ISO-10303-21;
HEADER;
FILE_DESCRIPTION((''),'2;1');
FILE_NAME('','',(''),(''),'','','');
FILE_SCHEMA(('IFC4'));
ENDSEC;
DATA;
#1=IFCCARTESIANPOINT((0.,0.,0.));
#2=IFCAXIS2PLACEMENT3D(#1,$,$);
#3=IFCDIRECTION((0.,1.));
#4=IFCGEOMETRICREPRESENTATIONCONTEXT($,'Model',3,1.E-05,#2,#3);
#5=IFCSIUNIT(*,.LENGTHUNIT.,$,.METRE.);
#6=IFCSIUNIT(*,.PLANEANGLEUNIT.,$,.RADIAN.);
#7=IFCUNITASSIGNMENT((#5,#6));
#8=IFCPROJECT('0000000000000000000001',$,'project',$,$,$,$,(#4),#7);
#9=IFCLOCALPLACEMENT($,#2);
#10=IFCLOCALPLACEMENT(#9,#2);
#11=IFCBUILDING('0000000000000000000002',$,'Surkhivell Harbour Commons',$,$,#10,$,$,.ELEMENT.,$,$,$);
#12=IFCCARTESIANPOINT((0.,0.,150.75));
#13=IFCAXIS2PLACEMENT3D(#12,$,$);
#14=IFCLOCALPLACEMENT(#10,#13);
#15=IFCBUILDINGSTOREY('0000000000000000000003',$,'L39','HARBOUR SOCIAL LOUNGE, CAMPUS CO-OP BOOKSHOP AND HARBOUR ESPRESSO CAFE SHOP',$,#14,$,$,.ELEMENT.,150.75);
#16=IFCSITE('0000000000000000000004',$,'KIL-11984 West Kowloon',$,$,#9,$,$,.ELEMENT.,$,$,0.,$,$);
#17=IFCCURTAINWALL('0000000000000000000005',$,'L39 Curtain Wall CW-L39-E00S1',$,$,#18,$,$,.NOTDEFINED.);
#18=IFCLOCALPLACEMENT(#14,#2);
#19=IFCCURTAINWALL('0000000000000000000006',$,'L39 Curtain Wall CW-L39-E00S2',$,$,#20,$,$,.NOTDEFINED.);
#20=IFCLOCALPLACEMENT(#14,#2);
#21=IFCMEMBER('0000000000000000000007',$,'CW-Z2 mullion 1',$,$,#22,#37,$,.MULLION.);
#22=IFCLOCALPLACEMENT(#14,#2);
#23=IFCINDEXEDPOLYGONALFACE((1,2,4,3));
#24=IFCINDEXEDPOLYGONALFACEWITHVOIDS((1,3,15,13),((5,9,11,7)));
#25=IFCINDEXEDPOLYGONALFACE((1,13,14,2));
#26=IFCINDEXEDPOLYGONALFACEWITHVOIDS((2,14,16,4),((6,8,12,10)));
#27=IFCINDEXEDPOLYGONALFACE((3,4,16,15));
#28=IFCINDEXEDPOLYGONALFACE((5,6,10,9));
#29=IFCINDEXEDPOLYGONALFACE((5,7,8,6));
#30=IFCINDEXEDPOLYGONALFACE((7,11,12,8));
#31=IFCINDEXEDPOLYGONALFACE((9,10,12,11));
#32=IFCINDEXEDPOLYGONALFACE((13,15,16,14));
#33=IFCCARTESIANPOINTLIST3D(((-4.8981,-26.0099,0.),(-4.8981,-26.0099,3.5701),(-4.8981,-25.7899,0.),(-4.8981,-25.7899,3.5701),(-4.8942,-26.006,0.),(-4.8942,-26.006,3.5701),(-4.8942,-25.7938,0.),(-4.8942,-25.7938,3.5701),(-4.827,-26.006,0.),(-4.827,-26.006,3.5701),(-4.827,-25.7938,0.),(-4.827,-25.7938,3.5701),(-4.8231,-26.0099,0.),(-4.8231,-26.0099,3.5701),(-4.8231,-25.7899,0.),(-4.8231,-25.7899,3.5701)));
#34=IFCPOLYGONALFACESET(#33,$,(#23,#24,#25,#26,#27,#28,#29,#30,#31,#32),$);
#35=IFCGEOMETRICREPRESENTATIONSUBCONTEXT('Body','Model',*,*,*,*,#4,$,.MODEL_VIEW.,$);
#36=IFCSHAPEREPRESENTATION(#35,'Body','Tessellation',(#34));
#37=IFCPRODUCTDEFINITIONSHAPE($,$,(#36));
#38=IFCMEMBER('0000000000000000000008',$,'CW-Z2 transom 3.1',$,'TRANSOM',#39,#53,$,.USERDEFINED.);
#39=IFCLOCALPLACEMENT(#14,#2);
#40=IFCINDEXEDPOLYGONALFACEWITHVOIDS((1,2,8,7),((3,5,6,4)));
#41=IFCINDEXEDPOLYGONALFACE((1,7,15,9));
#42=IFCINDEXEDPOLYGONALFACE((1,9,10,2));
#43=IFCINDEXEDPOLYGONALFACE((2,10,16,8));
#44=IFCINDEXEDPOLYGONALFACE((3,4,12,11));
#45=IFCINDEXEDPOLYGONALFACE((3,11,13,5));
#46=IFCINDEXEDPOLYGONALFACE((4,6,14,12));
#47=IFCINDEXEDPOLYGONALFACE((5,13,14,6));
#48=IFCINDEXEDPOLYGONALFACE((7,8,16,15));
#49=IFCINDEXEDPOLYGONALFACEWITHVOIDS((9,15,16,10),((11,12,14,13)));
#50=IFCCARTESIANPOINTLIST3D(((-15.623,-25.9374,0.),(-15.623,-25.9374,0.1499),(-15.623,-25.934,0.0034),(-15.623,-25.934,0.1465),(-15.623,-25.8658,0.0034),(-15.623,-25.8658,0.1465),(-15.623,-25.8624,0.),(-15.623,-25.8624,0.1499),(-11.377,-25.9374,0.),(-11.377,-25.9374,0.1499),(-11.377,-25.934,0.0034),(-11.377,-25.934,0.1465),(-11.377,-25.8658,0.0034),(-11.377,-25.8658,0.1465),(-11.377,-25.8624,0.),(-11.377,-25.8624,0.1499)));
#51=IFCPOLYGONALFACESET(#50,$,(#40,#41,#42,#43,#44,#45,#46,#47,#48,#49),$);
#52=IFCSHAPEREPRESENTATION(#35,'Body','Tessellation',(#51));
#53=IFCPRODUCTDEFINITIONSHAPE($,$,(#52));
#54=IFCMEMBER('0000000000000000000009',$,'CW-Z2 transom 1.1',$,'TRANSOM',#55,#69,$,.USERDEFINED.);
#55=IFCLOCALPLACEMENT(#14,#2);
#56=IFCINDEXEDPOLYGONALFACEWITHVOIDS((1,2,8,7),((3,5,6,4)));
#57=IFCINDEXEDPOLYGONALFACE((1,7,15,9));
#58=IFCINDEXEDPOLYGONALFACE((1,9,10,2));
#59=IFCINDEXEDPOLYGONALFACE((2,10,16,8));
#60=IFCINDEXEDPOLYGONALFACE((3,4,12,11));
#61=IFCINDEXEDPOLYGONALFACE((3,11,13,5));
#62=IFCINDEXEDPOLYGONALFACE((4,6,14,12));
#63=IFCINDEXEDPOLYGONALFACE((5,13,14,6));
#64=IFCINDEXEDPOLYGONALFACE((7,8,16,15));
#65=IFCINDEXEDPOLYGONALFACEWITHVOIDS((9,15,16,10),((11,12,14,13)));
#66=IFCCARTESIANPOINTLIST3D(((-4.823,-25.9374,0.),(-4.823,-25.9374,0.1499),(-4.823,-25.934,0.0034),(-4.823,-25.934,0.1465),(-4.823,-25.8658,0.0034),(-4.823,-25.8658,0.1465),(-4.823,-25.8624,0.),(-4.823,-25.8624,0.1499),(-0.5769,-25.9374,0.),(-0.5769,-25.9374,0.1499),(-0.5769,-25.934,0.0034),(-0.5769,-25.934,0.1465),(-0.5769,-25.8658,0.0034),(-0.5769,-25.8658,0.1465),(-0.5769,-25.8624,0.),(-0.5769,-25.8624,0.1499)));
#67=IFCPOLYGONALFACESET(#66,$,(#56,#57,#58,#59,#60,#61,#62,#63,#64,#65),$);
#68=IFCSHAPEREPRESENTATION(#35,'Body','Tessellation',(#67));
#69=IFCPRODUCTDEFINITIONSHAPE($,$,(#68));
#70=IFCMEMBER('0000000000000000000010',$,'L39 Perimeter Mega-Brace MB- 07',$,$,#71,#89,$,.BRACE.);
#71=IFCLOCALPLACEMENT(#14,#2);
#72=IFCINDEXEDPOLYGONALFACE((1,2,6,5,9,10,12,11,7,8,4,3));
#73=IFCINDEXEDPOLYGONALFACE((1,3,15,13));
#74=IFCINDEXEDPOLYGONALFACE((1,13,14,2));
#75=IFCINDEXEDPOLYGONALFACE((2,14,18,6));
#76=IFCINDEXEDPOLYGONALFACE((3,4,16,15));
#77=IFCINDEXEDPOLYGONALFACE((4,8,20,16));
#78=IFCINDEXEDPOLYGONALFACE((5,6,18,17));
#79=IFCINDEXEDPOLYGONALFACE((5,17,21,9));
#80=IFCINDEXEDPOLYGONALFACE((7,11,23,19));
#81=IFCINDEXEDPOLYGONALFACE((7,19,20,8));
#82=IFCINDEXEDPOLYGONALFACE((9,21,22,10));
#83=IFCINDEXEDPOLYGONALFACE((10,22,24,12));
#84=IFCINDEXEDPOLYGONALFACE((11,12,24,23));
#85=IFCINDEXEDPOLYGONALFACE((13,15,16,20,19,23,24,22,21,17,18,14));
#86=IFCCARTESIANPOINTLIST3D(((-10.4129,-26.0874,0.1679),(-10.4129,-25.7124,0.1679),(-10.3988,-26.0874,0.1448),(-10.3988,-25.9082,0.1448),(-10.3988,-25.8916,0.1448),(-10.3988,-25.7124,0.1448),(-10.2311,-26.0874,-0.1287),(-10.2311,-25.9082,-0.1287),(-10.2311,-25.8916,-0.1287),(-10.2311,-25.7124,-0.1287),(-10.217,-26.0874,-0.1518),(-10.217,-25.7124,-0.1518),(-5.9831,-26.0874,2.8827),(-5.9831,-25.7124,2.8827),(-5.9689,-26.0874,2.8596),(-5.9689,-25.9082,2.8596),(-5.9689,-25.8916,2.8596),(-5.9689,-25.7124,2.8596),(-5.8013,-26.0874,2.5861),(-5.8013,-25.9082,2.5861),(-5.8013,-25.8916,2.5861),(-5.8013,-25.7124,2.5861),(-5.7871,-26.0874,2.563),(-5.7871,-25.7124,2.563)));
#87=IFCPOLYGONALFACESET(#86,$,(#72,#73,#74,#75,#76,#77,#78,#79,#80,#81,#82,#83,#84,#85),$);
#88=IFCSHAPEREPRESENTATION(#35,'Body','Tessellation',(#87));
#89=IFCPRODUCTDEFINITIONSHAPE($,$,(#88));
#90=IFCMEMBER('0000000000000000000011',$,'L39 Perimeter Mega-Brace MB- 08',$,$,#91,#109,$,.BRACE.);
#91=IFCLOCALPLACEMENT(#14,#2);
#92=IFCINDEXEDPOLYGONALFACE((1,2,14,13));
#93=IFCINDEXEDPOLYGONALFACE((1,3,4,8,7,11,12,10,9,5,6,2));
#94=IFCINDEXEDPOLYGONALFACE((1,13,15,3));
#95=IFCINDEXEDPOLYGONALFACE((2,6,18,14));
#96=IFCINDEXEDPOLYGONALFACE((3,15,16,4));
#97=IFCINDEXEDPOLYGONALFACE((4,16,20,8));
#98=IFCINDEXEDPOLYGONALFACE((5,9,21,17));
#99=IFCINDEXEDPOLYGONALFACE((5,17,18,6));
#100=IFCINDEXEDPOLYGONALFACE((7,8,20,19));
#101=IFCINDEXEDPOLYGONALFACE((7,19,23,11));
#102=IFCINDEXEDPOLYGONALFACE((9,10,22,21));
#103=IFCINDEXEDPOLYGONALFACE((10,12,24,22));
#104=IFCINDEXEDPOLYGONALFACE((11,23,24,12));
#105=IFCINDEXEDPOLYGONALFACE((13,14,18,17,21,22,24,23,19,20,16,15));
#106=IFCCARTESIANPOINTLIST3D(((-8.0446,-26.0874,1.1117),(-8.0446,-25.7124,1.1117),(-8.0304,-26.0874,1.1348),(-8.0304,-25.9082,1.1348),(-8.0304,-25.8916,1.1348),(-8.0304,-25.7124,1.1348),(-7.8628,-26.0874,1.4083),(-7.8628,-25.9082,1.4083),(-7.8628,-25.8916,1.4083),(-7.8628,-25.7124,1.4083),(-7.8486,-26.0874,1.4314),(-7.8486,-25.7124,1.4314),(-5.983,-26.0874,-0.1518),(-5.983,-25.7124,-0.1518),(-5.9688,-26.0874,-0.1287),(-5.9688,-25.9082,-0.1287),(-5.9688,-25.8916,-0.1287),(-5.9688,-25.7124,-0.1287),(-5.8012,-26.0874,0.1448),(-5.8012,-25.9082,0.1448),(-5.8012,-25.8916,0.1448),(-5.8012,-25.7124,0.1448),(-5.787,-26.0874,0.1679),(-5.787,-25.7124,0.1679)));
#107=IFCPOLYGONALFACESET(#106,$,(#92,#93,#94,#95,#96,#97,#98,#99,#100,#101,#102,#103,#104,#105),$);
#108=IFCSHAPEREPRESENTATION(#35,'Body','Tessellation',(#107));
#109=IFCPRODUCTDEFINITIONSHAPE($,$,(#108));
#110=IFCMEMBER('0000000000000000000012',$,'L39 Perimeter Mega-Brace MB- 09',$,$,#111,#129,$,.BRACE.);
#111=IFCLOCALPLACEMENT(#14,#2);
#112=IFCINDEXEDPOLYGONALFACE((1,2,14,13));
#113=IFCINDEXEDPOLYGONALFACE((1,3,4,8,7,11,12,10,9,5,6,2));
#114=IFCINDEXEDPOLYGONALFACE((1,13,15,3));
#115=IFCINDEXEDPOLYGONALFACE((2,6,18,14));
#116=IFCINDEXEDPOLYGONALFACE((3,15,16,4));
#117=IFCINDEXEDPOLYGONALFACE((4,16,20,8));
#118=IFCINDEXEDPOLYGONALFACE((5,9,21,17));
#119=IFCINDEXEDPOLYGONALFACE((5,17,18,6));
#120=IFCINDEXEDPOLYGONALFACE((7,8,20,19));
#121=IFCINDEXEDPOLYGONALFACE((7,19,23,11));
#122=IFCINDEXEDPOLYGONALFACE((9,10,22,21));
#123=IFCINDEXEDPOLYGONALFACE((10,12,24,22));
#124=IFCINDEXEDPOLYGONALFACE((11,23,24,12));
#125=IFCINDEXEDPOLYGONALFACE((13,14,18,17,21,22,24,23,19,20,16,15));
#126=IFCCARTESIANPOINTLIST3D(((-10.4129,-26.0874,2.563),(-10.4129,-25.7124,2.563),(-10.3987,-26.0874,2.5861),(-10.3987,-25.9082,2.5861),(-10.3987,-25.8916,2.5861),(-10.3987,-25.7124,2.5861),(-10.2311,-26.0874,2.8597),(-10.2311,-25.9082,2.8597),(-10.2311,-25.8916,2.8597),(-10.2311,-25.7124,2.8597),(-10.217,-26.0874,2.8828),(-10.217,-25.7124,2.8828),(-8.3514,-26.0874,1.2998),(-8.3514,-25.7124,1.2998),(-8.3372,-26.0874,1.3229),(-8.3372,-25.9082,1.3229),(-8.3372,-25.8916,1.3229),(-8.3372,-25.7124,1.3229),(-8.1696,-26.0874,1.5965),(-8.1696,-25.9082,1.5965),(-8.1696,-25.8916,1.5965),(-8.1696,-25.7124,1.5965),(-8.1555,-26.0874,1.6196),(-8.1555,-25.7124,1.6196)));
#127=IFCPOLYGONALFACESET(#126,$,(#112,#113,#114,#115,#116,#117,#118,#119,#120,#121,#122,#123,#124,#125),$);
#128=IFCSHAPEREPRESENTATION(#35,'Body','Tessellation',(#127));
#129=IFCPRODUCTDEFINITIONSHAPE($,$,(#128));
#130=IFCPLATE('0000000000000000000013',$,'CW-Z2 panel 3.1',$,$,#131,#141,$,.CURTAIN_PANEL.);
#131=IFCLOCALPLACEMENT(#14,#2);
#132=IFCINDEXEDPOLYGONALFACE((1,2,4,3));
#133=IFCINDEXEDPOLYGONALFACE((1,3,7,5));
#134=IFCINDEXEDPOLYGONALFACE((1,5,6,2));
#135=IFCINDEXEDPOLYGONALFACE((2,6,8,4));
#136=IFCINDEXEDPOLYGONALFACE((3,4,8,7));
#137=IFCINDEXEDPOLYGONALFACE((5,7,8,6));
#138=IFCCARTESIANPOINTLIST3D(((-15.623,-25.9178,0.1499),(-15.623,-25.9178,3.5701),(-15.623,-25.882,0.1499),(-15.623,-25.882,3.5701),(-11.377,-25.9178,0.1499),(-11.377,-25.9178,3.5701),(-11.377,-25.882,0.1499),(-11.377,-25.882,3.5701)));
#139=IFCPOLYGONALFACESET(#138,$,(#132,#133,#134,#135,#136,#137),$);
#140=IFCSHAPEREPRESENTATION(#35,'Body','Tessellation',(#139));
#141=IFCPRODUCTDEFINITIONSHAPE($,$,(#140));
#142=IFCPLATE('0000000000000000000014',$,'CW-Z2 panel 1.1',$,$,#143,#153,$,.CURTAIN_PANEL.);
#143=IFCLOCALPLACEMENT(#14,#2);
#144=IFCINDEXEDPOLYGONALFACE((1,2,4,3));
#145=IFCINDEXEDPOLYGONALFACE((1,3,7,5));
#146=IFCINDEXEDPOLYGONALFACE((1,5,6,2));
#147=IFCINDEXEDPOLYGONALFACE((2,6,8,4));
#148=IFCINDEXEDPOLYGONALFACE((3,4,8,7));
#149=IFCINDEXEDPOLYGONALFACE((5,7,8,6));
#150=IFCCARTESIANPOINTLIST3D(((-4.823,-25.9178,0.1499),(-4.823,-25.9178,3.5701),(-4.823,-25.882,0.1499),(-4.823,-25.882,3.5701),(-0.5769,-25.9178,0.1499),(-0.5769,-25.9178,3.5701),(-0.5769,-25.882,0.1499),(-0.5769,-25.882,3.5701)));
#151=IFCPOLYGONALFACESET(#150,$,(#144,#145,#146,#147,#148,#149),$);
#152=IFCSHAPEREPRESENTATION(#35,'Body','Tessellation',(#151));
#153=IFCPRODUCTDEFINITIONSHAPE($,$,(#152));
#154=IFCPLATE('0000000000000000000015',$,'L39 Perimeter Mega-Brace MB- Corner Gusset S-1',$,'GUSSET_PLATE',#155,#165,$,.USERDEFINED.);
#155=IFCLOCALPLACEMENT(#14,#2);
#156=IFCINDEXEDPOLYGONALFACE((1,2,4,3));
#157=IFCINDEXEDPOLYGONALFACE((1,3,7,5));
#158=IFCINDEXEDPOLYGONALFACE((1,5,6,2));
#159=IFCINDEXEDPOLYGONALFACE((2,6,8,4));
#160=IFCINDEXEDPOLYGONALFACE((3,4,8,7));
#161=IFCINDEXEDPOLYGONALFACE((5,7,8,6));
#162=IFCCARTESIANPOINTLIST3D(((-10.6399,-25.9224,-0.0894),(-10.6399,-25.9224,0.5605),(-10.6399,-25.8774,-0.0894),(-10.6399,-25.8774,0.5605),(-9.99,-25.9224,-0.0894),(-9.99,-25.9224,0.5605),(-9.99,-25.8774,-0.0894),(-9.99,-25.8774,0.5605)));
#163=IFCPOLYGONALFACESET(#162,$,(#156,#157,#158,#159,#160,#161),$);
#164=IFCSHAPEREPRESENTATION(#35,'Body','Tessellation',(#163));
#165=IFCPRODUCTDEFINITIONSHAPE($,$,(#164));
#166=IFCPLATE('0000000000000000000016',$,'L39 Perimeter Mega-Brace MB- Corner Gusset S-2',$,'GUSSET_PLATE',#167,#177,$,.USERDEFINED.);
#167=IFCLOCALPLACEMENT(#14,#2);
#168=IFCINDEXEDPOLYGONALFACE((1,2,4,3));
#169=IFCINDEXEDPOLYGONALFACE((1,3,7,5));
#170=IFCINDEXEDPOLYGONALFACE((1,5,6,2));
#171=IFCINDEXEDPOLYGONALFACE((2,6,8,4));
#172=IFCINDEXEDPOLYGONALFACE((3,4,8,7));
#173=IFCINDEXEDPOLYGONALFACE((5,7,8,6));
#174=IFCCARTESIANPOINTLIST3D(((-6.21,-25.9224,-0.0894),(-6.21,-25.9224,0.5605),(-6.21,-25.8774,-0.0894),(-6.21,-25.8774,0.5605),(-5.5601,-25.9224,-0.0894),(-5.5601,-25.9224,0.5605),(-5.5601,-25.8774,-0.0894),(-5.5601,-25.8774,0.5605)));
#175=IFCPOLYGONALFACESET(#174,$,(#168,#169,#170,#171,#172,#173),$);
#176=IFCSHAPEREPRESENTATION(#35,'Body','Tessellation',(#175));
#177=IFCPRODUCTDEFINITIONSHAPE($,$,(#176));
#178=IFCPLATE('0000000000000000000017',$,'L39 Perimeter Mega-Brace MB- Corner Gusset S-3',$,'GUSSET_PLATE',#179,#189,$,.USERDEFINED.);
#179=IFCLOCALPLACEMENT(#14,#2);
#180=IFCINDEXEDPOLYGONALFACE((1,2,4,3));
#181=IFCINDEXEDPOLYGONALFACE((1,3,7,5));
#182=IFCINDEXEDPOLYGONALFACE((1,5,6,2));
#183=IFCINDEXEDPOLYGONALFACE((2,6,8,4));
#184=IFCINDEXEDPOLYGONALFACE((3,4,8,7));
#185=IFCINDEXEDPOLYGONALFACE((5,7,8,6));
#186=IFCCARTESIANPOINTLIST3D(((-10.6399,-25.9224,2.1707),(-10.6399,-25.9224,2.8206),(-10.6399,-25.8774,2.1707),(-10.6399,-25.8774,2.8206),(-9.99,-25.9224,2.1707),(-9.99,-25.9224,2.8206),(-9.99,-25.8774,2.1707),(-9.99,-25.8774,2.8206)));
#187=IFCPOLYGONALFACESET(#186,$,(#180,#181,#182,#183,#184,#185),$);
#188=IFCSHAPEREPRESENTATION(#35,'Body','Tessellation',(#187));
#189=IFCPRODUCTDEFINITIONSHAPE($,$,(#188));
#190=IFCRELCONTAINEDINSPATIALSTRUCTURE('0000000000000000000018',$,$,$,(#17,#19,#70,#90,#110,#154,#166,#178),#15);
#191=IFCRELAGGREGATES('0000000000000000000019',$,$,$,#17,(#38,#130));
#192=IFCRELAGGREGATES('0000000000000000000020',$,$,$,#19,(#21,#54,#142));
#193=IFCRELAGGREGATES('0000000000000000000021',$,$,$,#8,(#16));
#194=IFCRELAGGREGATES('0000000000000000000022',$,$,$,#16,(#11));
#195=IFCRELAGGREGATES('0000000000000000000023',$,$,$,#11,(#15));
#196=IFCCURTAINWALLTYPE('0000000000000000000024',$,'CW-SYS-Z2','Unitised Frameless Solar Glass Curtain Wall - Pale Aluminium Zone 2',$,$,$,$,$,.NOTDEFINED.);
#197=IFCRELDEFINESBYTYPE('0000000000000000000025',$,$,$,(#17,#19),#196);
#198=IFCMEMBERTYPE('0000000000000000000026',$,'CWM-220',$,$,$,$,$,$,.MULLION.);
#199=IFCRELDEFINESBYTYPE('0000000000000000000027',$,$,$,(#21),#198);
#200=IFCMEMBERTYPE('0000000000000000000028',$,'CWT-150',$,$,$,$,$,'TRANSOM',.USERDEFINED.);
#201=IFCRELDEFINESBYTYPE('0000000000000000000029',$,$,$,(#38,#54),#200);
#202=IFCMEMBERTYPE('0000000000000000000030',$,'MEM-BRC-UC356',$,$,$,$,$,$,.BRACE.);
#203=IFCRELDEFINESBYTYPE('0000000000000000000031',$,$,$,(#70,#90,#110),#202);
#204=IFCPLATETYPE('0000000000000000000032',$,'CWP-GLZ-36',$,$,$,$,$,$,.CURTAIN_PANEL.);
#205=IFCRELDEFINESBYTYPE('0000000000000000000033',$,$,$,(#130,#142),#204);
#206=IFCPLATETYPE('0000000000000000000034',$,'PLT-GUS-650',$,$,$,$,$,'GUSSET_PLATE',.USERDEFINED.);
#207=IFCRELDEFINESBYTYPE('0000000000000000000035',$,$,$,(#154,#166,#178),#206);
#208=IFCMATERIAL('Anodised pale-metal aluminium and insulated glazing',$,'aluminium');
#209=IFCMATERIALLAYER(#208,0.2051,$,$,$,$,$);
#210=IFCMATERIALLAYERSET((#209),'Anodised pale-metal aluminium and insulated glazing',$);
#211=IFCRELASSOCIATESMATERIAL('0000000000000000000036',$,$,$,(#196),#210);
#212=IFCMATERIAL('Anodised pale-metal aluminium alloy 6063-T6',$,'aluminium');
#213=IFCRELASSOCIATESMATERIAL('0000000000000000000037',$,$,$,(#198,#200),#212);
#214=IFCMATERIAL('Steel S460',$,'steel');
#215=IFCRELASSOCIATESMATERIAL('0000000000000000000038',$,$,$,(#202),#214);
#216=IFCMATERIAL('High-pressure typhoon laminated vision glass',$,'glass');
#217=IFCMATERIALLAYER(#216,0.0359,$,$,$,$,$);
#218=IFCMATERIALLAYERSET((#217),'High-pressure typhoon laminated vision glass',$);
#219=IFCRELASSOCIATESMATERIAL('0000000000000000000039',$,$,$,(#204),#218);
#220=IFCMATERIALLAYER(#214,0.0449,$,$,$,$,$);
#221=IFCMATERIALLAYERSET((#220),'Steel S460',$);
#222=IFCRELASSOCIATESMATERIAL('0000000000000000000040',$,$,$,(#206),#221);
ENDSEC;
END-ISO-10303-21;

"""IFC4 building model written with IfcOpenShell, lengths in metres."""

from ifc_helpers import new_model, si_unit, direction, frame, frame_2d, origin, origin_2d, place, context, subcontext, project, spatial, rectangle, hollow_rectangle, i_section, extrude, material, layer, layer_set, material_profile, profile_set, type_object, element, aggregate, save


model = new_model("IFC4")

# Units and contexts
model_context = context("Model", 3, precision=1e-05, world=origin(), true_north=direction((0.0, 1.0)))
body_context = subcontext(model_context, "Body", "Model", "MODEL_VIEW")
ifc_project = project(units=[si_unit("LENGTHUNIT", "METRE"), si_unit("PLANEANGLEUNIT", "RADIAN")], contexts=[model_context])

# Site, building, storey
site_placement = place(None, origin())
site = spatial("IfcSite", under=ifc_project, at=site_placement, Name="KIL-11984 West Kowloon", CompositionType="ELEMENT", RefElevation=0.0)
building_placement = place(site_placement, origin())
building = spatial("IfcBuilding", under=site, at=building_placement, Name="Surkhivell Harbour Commons", CompositionType="ELEMENT")
storey_placement = place(building_placement, frame((0.0, 0.0, 150.75)))
storey = spatial("IfcBuildingStorey", under=building, at=storey_placement, Name="L39", Description="HARBOUR SOCIAL LOUNGE, CAMPUS CO-OP BOOKSHOP AND HARBOUR ESPRESSO CAFE SHOP", CompositionType="ELEMENT", Elevation=150.75)

# Shared definitions
ifc_material_1 = material(Name="Steel S460", Category="steel")

# Curtain wall
ifc_material_2 = material(Name="Anodised pale-metal aluminium and insulated glazing", Category="aluminium")
ifc_layer_1 = layer(ifc_material_2, 0.2051)
ifc_layer_set_1 = layer_set([ifc_layer_1], Name="Anodised pale-metal aluminium and insulated glazing")
curtain_wall_type = type_object("IfcCurtainWallType", Name="CW-SYS-Z2", Description="Unitised Frameless Solar Glass Curtain Wall - Pale Aluminium Zone 2", PredefinedType="NOTDEFINED", material=ifc_layer_set_1)
curtain_wall_1_placement = place(storey_placement, origin())
curtain_wall_1 = element("IfcCurtainWall", 1, at=curtain_wall_1_placement, inside=storey, type_object=curtain_wall_type, Name="L39 Curtain Wall CW-L39-E00S1", PredefinedType="NOTDEFINED")
ifc_material_3 = material(Name="Anodised pale-metal aluminium alloy 6063-T6", Category="aluminium")
ifc_material_profile_1 = material_profile(ifc_material_3, hollow_rectangle(XDim=0.075, YDim=0.22, WallThickness=0.0039, at=origin_2d()), Name="ALU-MULL-75x220")
ifc_profile_set_1 = profile_set([ifc_material_profile_1], Name="Anodised pale-metal aluminium alloy 6063-T6")
member_type_1 = type_object("IfcMemberType", Name="CWM-220", PredefinedType="MULLION", material=ifc_profile_set_1)

# Curtain wall, member
curtain_wall_2_placement = place(storey_placement, origin())
curtain_wall_2 = element("IfcCurtainWall", 2, at=curtain_wall_2_placement, inside=storey, type_object=curtain_wall_type, Name="L39 Curtain Wall CW-L39-E00S2", PredefinedType="NOTDEFINED")
member_1_placement = place(storey_placement, frame((-4.8606, -25.8999, 0.0), z_axis=(0.0, 0.0, 1.0), x_axis=(1.0, 0.0, 0.0)))
member_1 = element("IfcMember", 3, at=member_1_placement, type_object=member_type_1, Name="CW-Z2 mullion 1", PredefinedType="MULLION", context=body_context, shape_type="SweptSolid", body=[
    extrude(hollow_rectangle(XDim=0.075, YDim=0.22, WallThickness=0.0039, at=origin_2d()), origin(), (0.0, 0.0, 1.0), 3.5701),
])

# Members
ifc_material_profile_2 = material_profile(ifc_material_3, hollow_rectangle(XDim=0.075, YDim=0.1499, WallThickness=0.0034, at=origin_2d()), Name="ALU-TRAN-75x150")
ifc_profile_set_2 = profile_set([ifc_material_profile_2], Name="Anodised pale-metal aluminium alloy 6063-T6")
member_type_2 = type_object("IfcMemberType", Name="CWT-150", ElementType="TRANSOM", PredefinedType="USERDEFINED", material=ifc_profile_set_2)
member_2_placement = place(storey_placement, frame((-15.623, -25.8999, 0.075), z_axis=(1.0, 0.0, 0.0), x_axis=(0.0, 1.0, 0.0)))
member_2 = element("IfcMember", 4, at=member_2_placement, type_object=member_type_2, Name="CW-Z2 transom 3.1", ObjectType="TRANSOM", PredefinedType="USERDEFINED", context=body_context, shape_type="SweptSolid", body=[
    extrude(hollow_rectangle(XDim=0.075, YDim=0.1499, WallThickness=0.0034, at=origin_2d()), origin(), (0.0, 0.0, 1.0), 4.2461),
])
member_3_placement = place(storey_placement, frame((-4.823, -25.8999, 0.075), z_axis=(1.0, 0.0, 0.0), x_axis=(0.0, 1.0, 0.0)))
member_3 = element("IfcMember", 5, at=member_3_placement, type_object=member_type_2, Name="CW-Z2 transom 1.1", ObjectType="TRANSOM", PredefinedType="USERDEFINED", context=body_context, shape_type="SweptSolid", body=[
    extrude(hollow_rectangle(XDim=0.075, YDim=0.1499, WallThickness=0.0034, at=origin_2d()), origin(), (0.0, 0.0, 1.0), 4.2461),
])

# Members
ifc_material_profile_3 = material_profile(ifc_material_1, i_section(OverallWidth=0.375, OverallDepth=0.375, WebThickness=0.0166, FlangeThickness=0.0271, at=origin_2d()), Name="UC356x368x202")
ifc_profile_set_3 = profile_set([ifc_material_profile_3], Name="Steel S460")
member_type_3 = type_object("IfcMemberType", Name="MEM-BRC-UC356", PredefinedType="BRACE", material=ifc_profile_set_3)
member_4_placement = place(storey_placement, frame((-10.3149, -25.8999, 0.0081), z_axis=(0.852625, 0.0, 0.522523), x_axis=(0.0, 1.0, 0.0)))
element("IfcMember", 6, at=member_4_placement, inside=storey, type_object=member_type_3, Name="L39 Perimeter Mega-Brace MB- 07", PredefinedType="BRACE", context=body_context, shape_type="SweptSolid", body=[
    extrude(i_section(OverallWidth=0.375, OverallDepth=0.375, WebThickness=0.0166, FlangeThickness=0.0271, at=origin_2d()), origin(), (0.0, 0.0, 1.0), 5.1956),
])
member_5_placement = place(storey_placement, frame((-5.885, -25.8999, 0.0081), z_axis=(-0.852617, 0.0, 0.522536), x_axis=(0.0, -1.0, 0.0)))
element("IfcMember", 7, at=member_5_placement, inside=storey, type_object=member_type_3, Name="L39 Perimeter Mega-Brace MB- 08", PredefinedType="BRACE", context=body_context, shape_type="SweptSolid", body=[
    extrude(i_section(OverallWidth=0.375, OverallDepth=0.375, WebThickness=0.0166, FlangeThickness=0.0271, at=origin_2d()), origin(), (0.0, 0.0, 1.0), 2.418),
])
member_6_placement = place(storey_placement, frame((-8.2534, -25.8999, 1.4597), z_axis=(-0.852662, 0.0, 0.522463), x_axis=(0.0, -1.0, 0.0)))
element("IfcMember", 8, at=member_6_placement, inside=storey, type_object=member_type_3, Name="L39 Perimeter Mega-Brace MB- 09", PredefinedType="BRACE", context=body_context, shape_type="SweptSolid", body=[
    extrude(i_section(OverallWidth=0.375, OverallDepth=0.375, WebThickness=0.0166, FlangeThickness=0.0271, at=origin_2d()), origin(), (0.0, 0.0, 1.0), 2.4177),
])

# Plates
ifc_material_4 = material(Name="High-pressure typhoon laminated vision glass", Category="glass")
ifc_layer_2 = layer(ifc_material_4, 0.0359)
ifc_layer_set_2 = layer_set([ifc_layer_2], Name="High-pressure typhoon laminated vision glass")
plate_type_1 = type_object("IfcPlateType", Name="CWP-GLZ-36", PredefinedType="CURTAIN_PANEL", material=ifc_layer_set_2)
plate_1_placement = place(storey_placement, frame((-15.623, -25.8999, 0.1499), z_axis=(0.0, 0.0, 1.0), x_axis=(1.0, 0.0, 0.0)))
plate_1 = element("IfcPlate", 9, at=plate_1_placement, type_object=plate_type_1, Name="CW-Z2 panel 3.1", PredefinedType="CURTAIN_PANEL", context=body_context, shape_type="SweptSolid", body=[
    extrude(rectangle(XDim=4.2461, YDim=0.0359, at=frame_2d((2.123, 0.0))), origin(), (0.0, 0.0, 1.0), 3.4202),
])
aggregate(curtain_wall_1, [member_2, plate_1])
plate_2_placement = place(storey_placement, frame((-4.823, -25.8999, 0.1499), z_axis=(0.0, 0.0, 1.0), x_axis=(1.0, 0.0, 0.0)))
plate_2 = element("IfcPlate", 10, at=plate_2_placement, type_object=plate_type_1, Name="CW-Z2 panel 1.1", PredefinedType="CURTAIN_PANEL", context=body_context, shape_type="SweptSolid", body=[
    extrude(rectangle(XDim=4.2461, YDim=0.0359, at=frame_2d((2.123, 0.0))), origin(), (0.0, 0.0, 1.0), 3.4202),
])
aggregate(curtain_wall_2, [member_1, member_3, plate_2])

# Plates
ifc_layer_3 = layer(ifc_material_1, 0.0449)
ifc_layer_set_3 = layer_set([ifc_layer_3], Name="Steel S460")
plate_type_2 = type_object("IfcPlateType", Name="PLT-GUS-650", ElementType="GUSSET_PLATE", PredefinedType="USERDEFINED", material=ifc_layer_set_3)
for number, where, z_axis, x_axis, name in (
    (11, (-10.3149, -25.8999, -0.0894), (0.0, 0.0, 1.0), (1.0, 0.0, 0.0), "L39 Perimeter Mega-Brace MB- Corner Gusset S-1"),
    (12, (-5.885, -25.8999, -0.0894), (0.0, 0.0, 1.0), (1.0, 0.0, 0.0), "L39 Perimeter Mega-Brace MB- Corner Gusset S-2"),
    (13, (-10.3149, -25.8999, 2.1707), (0.0, 0.0, 1.0), (1.0, 0.0, 0.0), "L39 Perimeter Mega-Brace MB- Corner Gusset S-3"),
):
    element("IfcPlate", number, at=place(storey_placement, frame(where, z_axis=z_axis, x_axis=x_axis)), inside=storey, type_object=plate_type_2, Name=name, ObjectType="GUSSET_PLATE", PredefinedType="USERDEFINED", context=body_context, shape_type="SweptSolid", body=[
        extrude(rectangle(XDim=0.6499, YDim=0.0449, at=origin_2d()), origin(), (0.0, 0.0, 1.0), 0.6499),
    ])

save(model, "model.ifc")
